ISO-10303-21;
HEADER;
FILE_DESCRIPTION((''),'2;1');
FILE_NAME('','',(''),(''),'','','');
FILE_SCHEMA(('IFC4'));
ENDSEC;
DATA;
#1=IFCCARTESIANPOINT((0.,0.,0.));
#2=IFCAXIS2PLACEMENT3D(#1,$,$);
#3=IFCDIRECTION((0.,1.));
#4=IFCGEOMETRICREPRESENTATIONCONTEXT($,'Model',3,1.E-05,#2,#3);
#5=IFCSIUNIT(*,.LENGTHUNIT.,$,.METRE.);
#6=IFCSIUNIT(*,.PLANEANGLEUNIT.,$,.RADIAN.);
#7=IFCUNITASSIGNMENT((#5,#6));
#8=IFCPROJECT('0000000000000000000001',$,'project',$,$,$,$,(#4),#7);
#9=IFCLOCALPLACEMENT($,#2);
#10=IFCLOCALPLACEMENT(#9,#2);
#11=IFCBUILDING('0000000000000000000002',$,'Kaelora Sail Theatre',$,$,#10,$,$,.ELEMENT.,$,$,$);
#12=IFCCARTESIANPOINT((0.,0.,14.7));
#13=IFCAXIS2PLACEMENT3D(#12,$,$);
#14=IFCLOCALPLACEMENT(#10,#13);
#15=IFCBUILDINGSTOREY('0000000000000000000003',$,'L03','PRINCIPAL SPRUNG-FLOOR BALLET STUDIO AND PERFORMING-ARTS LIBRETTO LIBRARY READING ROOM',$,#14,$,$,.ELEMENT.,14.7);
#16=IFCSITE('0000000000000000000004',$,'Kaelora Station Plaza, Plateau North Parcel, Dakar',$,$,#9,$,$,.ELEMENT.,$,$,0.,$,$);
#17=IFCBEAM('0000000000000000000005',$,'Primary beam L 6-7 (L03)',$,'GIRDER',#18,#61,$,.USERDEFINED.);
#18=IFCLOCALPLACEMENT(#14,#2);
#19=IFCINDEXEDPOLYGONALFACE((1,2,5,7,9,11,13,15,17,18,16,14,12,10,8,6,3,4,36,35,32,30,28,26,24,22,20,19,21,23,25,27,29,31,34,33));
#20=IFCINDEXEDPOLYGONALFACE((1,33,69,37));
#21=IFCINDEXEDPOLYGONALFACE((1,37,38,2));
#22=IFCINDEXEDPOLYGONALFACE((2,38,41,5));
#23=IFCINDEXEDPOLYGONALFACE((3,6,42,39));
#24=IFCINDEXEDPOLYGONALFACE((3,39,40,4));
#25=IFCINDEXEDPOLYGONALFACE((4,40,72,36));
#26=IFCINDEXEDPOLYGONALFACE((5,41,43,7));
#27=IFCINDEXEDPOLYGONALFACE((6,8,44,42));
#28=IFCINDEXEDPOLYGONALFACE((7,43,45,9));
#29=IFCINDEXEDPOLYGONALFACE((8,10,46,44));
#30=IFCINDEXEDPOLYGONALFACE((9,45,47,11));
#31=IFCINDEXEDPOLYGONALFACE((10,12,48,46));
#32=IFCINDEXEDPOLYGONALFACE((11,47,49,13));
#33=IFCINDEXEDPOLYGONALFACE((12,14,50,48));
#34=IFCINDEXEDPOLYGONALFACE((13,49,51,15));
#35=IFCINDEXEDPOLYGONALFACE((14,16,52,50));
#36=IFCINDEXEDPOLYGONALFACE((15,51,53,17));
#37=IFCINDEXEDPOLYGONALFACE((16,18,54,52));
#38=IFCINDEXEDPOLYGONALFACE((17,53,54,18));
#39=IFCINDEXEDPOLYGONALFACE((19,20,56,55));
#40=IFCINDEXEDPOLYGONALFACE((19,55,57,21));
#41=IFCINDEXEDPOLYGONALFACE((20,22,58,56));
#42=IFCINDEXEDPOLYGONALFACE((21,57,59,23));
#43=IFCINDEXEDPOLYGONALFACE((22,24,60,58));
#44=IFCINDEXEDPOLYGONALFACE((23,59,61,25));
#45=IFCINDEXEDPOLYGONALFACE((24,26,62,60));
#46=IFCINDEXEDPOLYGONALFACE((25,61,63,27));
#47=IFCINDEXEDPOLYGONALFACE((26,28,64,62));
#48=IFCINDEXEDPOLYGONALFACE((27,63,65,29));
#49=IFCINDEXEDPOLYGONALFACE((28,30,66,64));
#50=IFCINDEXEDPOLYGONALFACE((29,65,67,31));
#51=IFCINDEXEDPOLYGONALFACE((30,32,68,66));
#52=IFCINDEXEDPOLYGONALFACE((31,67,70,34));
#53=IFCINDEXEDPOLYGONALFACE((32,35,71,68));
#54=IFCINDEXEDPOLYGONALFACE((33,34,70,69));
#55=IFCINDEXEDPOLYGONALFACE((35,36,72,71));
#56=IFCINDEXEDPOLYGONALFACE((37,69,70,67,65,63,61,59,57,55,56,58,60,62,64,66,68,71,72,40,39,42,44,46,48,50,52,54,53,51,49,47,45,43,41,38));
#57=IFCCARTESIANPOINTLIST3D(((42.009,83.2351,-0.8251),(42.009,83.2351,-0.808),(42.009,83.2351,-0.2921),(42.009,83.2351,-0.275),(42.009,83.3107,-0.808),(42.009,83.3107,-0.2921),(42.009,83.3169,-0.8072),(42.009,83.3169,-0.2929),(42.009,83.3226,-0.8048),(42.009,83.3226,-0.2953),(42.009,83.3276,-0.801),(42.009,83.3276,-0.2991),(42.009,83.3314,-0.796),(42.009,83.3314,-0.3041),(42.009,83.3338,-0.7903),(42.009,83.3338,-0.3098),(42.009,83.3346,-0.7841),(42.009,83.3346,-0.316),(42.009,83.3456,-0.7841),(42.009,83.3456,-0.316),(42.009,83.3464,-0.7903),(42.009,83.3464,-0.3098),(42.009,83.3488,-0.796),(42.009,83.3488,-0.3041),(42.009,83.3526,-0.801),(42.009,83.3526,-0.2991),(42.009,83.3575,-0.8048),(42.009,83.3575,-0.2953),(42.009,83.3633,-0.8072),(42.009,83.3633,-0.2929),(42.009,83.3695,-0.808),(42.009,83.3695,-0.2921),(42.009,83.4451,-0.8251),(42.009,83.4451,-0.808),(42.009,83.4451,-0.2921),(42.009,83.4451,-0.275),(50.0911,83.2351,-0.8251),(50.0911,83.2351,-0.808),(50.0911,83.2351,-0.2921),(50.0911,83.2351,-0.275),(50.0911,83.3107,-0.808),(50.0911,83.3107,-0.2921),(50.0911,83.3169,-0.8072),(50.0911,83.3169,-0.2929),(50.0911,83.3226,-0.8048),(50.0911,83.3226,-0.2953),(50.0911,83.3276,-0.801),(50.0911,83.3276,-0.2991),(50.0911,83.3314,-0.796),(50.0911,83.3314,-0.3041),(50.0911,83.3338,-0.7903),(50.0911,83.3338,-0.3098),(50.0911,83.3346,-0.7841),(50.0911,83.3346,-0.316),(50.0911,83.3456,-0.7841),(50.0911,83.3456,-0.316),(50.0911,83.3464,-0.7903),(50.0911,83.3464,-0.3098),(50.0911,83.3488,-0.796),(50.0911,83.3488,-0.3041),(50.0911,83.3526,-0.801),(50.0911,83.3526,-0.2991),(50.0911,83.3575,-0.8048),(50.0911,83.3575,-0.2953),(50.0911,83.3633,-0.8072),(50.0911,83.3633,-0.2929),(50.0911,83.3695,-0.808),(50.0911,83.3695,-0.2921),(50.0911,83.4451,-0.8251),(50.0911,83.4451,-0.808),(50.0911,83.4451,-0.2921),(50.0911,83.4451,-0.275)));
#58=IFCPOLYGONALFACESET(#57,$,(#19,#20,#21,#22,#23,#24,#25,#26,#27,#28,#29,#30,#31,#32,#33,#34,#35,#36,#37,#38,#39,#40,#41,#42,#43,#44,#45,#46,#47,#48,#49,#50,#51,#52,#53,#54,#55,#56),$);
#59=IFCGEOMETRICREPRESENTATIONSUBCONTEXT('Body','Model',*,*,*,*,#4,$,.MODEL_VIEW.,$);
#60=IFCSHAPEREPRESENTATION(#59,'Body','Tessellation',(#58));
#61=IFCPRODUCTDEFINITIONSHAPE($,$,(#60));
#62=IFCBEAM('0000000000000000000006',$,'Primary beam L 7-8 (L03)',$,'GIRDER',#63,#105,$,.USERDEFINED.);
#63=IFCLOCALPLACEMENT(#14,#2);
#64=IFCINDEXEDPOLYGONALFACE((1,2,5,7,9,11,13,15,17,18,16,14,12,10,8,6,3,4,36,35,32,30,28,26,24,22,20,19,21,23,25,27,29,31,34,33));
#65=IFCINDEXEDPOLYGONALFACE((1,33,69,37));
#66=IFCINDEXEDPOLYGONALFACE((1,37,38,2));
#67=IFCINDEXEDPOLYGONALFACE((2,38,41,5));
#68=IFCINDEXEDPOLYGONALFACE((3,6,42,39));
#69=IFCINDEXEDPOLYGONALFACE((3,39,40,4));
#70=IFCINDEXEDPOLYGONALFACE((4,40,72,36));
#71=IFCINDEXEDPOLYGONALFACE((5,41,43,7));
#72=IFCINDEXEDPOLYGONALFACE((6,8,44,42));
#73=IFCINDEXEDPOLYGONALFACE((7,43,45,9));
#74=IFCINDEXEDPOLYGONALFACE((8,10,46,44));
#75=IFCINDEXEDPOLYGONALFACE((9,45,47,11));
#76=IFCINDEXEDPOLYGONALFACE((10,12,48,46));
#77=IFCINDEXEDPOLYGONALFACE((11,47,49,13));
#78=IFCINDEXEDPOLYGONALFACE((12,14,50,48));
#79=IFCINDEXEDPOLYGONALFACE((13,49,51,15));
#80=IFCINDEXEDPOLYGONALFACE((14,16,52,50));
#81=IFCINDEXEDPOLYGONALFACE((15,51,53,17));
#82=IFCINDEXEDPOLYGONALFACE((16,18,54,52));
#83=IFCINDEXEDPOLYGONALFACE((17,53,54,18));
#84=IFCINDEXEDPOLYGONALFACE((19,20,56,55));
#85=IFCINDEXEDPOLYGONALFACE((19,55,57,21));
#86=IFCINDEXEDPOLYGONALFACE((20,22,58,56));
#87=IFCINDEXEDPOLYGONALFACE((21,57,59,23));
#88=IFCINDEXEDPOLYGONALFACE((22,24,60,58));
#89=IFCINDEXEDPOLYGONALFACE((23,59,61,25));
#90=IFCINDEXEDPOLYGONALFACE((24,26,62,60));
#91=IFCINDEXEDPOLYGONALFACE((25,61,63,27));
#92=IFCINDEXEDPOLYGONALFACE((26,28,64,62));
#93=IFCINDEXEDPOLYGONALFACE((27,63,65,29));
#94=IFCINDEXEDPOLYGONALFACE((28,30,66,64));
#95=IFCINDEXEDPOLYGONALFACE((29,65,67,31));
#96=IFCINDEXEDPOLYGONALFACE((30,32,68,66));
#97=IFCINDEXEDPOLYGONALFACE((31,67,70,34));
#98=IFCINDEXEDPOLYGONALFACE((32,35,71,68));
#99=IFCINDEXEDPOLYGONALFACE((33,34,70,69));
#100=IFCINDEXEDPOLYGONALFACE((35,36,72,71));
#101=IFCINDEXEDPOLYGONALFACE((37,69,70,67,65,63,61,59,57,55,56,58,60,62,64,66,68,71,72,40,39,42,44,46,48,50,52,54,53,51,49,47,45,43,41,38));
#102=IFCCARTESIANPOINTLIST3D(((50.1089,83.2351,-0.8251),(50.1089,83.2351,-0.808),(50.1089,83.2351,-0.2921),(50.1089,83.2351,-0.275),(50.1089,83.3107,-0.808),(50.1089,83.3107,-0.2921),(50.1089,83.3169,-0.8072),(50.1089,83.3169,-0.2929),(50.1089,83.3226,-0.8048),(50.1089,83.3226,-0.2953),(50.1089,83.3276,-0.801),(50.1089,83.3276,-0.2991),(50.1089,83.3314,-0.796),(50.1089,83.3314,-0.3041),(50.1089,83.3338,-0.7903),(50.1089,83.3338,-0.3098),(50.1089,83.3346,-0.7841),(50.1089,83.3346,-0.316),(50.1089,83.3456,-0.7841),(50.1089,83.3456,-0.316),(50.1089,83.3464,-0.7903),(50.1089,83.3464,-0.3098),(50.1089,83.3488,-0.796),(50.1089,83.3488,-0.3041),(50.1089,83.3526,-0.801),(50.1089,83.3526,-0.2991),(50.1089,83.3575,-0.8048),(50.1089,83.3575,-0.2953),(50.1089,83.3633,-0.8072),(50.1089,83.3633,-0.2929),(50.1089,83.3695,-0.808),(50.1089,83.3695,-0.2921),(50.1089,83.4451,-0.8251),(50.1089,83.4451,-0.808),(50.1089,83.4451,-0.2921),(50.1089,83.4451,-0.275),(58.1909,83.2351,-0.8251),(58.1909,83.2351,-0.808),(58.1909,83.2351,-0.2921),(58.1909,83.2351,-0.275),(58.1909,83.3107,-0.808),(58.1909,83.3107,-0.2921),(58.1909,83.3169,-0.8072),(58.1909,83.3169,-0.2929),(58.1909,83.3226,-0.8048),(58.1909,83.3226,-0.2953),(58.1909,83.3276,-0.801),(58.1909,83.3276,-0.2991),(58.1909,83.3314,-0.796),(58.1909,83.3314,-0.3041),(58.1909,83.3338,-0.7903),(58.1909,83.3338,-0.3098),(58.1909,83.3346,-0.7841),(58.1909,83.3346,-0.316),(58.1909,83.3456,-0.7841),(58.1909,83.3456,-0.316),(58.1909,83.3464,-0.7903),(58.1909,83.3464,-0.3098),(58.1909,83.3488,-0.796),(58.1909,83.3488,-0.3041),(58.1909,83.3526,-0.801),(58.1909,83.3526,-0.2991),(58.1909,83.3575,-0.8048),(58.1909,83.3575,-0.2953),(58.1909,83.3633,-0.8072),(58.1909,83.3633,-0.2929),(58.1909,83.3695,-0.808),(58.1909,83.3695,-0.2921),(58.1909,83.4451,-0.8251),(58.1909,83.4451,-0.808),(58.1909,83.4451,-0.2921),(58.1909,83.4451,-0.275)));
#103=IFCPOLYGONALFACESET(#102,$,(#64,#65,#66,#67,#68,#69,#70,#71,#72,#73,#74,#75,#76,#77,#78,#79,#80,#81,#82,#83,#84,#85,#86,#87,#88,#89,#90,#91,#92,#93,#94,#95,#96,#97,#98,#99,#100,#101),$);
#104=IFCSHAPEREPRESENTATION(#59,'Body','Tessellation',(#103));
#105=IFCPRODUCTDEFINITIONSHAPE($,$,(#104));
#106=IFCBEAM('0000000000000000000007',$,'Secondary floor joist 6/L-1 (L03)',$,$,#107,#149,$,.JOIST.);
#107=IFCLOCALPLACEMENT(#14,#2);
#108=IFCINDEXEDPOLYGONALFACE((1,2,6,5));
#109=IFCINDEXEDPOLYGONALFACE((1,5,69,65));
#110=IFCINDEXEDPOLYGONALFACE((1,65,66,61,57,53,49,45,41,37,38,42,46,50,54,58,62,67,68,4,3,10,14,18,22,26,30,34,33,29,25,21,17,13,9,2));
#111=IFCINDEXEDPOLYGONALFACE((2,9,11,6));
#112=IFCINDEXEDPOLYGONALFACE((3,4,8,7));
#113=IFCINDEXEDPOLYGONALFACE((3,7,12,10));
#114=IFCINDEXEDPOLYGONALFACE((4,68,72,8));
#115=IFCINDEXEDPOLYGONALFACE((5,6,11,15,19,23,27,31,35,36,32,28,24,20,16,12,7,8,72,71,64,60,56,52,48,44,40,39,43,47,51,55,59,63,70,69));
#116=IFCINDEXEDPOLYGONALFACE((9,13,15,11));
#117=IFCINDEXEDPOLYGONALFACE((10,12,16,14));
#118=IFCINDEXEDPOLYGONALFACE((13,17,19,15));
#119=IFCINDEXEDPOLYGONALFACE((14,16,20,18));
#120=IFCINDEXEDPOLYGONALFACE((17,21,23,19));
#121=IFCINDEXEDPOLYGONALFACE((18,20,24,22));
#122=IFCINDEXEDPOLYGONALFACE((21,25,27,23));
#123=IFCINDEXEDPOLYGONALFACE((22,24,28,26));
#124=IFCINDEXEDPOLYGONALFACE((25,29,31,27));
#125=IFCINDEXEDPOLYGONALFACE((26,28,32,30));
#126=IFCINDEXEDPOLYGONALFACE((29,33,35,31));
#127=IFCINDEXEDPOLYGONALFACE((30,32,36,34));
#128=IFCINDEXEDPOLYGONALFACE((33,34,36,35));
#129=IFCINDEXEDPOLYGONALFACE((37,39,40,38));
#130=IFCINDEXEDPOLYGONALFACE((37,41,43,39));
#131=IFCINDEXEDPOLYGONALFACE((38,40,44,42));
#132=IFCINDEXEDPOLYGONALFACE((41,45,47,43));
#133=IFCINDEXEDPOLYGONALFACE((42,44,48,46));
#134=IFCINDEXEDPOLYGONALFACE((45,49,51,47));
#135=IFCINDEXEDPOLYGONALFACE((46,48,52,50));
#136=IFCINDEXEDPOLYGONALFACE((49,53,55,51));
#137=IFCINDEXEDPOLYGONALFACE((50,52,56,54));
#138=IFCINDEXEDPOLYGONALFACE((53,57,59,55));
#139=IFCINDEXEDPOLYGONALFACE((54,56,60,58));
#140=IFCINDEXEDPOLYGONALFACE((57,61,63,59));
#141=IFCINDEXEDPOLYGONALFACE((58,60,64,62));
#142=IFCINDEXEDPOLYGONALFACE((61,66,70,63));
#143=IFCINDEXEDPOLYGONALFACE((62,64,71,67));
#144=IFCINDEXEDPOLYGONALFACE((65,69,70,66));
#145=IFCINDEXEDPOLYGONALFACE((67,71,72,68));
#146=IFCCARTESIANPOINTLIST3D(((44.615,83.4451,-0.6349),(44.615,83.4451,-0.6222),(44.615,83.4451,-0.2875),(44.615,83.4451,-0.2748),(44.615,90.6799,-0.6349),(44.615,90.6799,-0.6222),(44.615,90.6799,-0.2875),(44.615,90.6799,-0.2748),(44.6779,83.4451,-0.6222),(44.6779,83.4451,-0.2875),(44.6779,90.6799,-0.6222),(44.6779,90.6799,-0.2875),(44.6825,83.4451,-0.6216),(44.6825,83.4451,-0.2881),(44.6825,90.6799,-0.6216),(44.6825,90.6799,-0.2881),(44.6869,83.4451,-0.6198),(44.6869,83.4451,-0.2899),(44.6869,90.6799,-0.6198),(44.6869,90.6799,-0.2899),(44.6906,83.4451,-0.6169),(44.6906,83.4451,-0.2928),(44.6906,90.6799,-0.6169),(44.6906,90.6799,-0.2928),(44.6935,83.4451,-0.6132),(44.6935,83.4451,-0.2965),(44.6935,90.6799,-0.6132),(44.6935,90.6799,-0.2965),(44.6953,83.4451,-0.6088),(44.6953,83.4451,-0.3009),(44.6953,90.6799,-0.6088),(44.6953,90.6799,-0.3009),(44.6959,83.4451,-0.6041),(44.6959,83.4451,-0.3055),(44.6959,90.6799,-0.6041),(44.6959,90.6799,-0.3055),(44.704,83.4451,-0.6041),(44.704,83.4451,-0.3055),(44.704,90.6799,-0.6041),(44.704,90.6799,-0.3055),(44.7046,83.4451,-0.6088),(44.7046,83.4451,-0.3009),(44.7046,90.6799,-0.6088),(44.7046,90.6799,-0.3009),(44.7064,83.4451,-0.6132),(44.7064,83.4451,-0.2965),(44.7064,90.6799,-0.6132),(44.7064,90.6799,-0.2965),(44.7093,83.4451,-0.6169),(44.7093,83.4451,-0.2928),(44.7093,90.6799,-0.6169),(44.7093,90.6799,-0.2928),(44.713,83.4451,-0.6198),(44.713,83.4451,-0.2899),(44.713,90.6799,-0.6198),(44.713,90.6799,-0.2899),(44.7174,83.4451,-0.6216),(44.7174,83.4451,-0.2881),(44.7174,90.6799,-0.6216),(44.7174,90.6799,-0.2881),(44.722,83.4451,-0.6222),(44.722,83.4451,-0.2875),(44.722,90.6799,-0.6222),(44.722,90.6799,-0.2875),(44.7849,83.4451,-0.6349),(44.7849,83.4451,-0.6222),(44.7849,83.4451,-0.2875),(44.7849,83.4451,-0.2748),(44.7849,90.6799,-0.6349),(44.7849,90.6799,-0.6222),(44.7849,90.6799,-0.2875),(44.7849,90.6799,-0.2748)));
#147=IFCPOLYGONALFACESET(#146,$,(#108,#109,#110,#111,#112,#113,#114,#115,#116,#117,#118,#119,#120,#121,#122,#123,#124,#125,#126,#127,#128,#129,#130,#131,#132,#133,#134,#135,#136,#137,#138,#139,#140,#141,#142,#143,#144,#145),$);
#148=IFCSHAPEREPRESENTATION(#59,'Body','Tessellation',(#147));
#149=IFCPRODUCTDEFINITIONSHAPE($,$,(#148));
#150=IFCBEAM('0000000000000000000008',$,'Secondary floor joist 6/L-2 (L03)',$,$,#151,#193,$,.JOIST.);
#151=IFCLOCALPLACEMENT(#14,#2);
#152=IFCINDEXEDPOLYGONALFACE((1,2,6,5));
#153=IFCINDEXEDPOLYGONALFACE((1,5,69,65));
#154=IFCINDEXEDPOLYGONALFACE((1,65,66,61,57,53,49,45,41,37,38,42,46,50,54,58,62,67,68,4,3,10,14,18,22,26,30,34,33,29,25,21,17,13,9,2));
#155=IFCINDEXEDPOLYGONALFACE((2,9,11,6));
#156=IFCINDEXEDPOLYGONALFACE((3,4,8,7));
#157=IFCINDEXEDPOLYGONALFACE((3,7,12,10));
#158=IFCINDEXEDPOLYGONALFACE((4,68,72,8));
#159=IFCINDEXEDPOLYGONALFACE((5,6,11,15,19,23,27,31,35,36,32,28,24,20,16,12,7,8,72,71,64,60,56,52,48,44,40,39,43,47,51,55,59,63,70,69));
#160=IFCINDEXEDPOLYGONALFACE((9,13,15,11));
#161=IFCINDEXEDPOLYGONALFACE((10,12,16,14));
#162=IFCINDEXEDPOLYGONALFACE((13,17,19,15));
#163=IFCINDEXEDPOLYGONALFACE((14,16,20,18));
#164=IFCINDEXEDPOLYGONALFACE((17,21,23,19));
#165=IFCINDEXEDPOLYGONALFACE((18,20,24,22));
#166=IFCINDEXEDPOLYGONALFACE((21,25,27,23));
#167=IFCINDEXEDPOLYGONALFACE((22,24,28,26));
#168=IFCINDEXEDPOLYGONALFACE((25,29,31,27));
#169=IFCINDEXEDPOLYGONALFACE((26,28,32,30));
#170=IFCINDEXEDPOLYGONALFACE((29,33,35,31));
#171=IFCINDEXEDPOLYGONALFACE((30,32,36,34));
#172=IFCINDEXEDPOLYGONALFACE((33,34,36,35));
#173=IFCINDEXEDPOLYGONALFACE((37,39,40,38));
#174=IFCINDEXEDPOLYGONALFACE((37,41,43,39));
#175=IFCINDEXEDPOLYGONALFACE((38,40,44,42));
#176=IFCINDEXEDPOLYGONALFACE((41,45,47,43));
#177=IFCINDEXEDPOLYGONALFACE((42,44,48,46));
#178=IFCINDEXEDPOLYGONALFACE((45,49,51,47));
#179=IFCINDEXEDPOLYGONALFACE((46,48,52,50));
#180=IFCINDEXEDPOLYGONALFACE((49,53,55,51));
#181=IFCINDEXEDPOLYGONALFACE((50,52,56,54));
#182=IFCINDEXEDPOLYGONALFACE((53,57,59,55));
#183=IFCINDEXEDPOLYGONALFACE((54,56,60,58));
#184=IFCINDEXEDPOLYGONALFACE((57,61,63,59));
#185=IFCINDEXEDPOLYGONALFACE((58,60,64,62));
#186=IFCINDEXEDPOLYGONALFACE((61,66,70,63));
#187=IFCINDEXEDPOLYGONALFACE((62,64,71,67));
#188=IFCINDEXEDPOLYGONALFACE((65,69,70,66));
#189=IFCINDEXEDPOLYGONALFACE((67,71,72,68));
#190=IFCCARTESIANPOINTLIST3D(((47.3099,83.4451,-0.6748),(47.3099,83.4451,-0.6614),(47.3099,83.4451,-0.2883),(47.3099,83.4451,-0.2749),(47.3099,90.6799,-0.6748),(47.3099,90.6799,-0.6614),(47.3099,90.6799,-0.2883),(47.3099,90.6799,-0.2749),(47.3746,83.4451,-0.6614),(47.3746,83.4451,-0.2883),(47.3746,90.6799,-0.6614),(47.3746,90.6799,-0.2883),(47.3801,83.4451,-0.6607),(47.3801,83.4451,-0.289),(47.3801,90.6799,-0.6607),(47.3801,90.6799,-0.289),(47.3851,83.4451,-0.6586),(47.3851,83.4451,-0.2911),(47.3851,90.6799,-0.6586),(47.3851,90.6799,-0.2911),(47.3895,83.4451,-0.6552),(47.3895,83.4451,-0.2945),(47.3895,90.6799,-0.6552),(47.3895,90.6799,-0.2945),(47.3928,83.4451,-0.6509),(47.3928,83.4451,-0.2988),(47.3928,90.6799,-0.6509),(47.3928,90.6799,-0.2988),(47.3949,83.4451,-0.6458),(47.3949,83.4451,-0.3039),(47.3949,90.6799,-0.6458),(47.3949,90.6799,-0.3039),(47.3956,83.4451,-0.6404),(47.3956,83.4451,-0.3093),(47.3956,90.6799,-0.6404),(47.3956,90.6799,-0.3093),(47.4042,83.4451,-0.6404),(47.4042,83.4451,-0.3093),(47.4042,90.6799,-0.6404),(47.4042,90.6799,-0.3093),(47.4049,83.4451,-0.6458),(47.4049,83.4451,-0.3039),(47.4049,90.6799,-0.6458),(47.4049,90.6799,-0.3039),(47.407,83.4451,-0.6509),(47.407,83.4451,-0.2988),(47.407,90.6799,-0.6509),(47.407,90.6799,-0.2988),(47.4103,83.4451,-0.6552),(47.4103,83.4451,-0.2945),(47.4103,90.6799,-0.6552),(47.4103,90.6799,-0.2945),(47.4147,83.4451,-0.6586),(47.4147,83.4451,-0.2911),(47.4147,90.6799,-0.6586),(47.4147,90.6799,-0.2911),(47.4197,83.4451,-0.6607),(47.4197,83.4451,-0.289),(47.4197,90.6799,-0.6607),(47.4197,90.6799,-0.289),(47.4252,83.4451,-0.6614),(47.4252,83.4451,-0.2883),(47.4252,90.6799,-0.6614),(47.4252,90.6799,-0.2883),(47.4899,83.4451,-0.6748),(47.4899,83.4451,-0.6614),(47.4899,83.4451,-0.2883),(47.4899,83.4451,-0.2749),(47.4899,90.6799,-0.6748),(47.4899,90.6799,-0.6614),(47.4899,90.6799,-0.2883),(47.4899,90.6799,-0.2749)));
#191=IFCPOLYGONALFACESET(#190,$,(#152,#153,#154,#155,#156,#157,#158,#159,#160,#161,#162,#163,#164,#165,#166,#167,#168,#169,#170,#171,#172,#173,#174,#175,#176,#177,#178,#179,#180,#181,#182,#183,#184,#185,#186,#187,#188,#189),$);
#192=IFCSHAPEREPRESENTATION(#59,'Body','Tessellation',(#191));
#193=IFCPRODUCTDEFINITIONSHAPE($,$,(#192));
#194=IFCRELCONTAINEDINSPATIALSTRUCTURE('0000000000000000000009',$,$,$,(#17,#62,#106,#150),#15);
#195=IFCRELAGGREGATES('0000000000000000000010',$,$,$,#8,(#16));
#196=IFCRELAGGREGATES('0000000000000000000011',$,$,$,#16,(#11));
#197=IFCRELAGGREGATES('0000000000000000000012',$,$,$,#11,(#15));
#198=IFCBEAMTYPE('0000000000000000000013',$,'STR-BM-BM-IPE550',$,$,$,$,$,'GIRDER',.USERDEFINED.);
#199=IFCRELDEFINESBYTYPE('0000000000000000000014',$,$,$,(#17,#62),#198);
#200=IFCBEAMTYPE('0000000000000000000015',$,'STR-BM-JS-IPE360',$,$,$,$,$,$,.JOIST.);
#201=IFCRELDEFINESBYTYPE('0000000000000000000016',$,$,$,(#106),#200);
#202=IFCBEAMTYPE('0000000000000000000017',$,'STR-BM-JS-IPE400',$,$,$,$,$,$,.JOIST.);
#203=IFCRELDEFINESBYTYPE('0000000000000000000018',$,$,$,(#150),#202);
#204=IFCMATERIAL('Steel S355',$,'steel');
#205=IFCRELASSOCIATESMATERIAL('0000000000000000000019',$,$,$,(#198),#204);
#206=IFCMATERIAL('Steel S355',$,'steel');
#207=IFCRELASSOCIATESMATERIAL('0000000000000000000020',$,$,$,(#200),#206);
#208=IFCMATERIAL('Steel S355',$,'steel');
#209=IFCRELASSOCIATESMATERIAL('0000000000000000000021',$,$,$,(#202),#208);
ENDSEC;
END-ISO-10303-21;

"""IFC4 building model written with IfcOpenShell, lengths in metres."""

from ifc_helpers import new_model, si_unit, direction, frame, origin, origin_2d, place, context, subcontext, project, spatial, i_section, extrude, material, material_profile, profile_set, type_object, element, save


model = new_model("IFC4")

# Units and contexts
model_context = context("Model", 3, precision=1e-05, world=origin(), true_north=direction((0.0, 1.0)))
body_context = subcontext(model_context, "Body", "Model", "MODEL_VIEW")
ifc_project = project(units=[si_unit("LENGTHUNIT", "METRE"), si_unit("PLANEANGLEUNIT", "RADIAN")], contexts=[model_context])

# Site, building, storey
site_placement = place(None, origin())
site = spatial("IfcSite", under=ifc_project, at=site_placement, Name="Kaelora Station Plaza, Plateau North Parcel, Dakar", CompositionType="ELEMENT", RefElevation=0.0)
building_placement = place(site_placement, origin())
building = spatial("IfcBuilding", under=site, at=building_placement, Name="Kaelora Sail Theatre", CompositionType="ELEMENT")
storey_placement = place(building_placement, frame((0.0, 0.0, 14.7)))
storey = spatial("IfcBuildingStorey", under=building, at=storey_placement, Name="L03", Description="PRINCIPAL SPRUNG-FLOOR BALLET STUDIO AND PERFORMING-ARTS LIBRETTO LIBRARY READING ROOM", CompositionType="ELEMENT", Elevation=14.7)

# Beams
ifc_material_1 = material(Name="Steel S355", Category="steel")
ifc_material_profile_1 = material_profile(ifc_material_1, i_section(OverallWidth=0.21, OverallDepth=0.55, WebThickness=0.011, FlangeThickness=0.0171, FilletRadius=0.0239, at=origin_2d()), Name="IPE 550")
ifc_profile_set_1 = profile_set([ifc_material_profile_1], Name="Steel S355")
beam_type_1 = type_object("IfcBeamType", Name="STR-BM-BM-IPE550", ElementType="GIRDER", PredefinedType="USERDEFINED", material=ifc_profile_set_1)
for number, where, z_axis, x_axis, name in (
    (1, (42.009, 83.3401, -0.55), (1.0, 0.0, 0.0), (0.0, 1.0, 0.0), "Primary beam L 6-7 (L03)"),
    (2, (50.1089, 83.3401, -0.55), (1.0, 0.0, 0.0), (0.0, 1.0, 0.0), "Primary beam L 7-8 (L03)"),
):
    element("IfcBeam", number, at=place(storey_placement, frame(where, z_axis=z_axis, x_axis=x_axis)), inside=storey, type_object=beam_type_1, Name=name, ObjectType="GIRDER", PredefinedType="USERDEFINED", context=body_context, shape_type="SweptSolid", body=[
        extrude(i_section(OverallWidth=0.21, OverallDepth=0.55, WebThickness=0.011, FlangeThickness=0.0171, FilletRadius=0.0239, at=origin_2d()), origin(), (0.0, 0.0, 1.0), 8.082),
    ])
ifc_material_2 = material(Name="Steel S355", Category="steel")
ifc_material_profile_2 = material_profile(ifc_material_2, i_section(OverallWidth=0.1699, OverallDepth=0.3601, WebThickness=0.0081, FlangeThickness=0.0127, FilletRadius=0.0181, at=origin_2d()), Name="IPE 360")
ifc_profile_set_2 = profile_set([ifc_material_profile_2], Name="Steel S355")
beam_type_2 = type_object("IfcBeamType", Name="STR-BM-JS-IPE360", PredefinedType="JOIST", material=ifc_profile_set_2)
beam_1_placement = place(storey_placement, frame((44.7, 83.4451, -0.4548), z_axis=(0.0, 1.0, 0.0), x_axis=(-1.0, 0.0, 0.0)))
element("IfcBeam", 3, at=beam_1_placement, inside=storey, type_object=beam_type_2, Name="Secondary floor joist 6/L-1 (L03)", PredefinedType="JOIST", context=body_context, shape_type="SweptSolid", body=[
    extrude(i_section(OverallWidth=0.1699, OverallDepth=0.3601, WebThickness=0.0081, FlangeThickness=0.0127, FilletRadius=0.0181, at=origin_2d()), origin(), (0.0, 0.0, 1.0), 7.2349),
])
ifc_material_3 = material(Name="Steel S355", Category="steel")
ifc_material_profile_3 = material_profile(ifc_material_3, i_section(OverallWidth=0.1799, OverallDepth=0.3999, WebThickness=0.0085, FlangeThickness=0.0134, FilletRadius=0.021, at=origin_2d()), Name="IPE 400")
ifc_profile_set_3 = profile_set([ifc_material_profile_3], Name="Steel S355")
beam_type_3 = type_object("IfcBeamType", Name="STR-BM-JS-IPE400", PredefinedType="JOIST", material=ifc_profile_set_3)
beam_2_placement = place(storey_placement, frame((47.3999, 83.4451, -0.4749), z_axis=(0.0, 1.0, 0.0), x_axis=(-1.0, 0.0, 0.0)))
element("IfcBeam", 4, at=beam_2_placement, inside=storey, type_object=beam_type_3, Name="Secondary floor joist 6/L-2 (L03)", PredefinedType="JOIST", context=body_context, shape_type="SweptSolid", body=[
    extrude(i_section(OverallWidth=0.1799, OverallDepth=0.3999, WebThickness=0.0085, FlangeThickness=0.0134, FilletRadius=0.021, at=origin_2d()), origin(), (0.0, 0.0, 1.0), 7.2349),
])

save(model, "model.ifc")
